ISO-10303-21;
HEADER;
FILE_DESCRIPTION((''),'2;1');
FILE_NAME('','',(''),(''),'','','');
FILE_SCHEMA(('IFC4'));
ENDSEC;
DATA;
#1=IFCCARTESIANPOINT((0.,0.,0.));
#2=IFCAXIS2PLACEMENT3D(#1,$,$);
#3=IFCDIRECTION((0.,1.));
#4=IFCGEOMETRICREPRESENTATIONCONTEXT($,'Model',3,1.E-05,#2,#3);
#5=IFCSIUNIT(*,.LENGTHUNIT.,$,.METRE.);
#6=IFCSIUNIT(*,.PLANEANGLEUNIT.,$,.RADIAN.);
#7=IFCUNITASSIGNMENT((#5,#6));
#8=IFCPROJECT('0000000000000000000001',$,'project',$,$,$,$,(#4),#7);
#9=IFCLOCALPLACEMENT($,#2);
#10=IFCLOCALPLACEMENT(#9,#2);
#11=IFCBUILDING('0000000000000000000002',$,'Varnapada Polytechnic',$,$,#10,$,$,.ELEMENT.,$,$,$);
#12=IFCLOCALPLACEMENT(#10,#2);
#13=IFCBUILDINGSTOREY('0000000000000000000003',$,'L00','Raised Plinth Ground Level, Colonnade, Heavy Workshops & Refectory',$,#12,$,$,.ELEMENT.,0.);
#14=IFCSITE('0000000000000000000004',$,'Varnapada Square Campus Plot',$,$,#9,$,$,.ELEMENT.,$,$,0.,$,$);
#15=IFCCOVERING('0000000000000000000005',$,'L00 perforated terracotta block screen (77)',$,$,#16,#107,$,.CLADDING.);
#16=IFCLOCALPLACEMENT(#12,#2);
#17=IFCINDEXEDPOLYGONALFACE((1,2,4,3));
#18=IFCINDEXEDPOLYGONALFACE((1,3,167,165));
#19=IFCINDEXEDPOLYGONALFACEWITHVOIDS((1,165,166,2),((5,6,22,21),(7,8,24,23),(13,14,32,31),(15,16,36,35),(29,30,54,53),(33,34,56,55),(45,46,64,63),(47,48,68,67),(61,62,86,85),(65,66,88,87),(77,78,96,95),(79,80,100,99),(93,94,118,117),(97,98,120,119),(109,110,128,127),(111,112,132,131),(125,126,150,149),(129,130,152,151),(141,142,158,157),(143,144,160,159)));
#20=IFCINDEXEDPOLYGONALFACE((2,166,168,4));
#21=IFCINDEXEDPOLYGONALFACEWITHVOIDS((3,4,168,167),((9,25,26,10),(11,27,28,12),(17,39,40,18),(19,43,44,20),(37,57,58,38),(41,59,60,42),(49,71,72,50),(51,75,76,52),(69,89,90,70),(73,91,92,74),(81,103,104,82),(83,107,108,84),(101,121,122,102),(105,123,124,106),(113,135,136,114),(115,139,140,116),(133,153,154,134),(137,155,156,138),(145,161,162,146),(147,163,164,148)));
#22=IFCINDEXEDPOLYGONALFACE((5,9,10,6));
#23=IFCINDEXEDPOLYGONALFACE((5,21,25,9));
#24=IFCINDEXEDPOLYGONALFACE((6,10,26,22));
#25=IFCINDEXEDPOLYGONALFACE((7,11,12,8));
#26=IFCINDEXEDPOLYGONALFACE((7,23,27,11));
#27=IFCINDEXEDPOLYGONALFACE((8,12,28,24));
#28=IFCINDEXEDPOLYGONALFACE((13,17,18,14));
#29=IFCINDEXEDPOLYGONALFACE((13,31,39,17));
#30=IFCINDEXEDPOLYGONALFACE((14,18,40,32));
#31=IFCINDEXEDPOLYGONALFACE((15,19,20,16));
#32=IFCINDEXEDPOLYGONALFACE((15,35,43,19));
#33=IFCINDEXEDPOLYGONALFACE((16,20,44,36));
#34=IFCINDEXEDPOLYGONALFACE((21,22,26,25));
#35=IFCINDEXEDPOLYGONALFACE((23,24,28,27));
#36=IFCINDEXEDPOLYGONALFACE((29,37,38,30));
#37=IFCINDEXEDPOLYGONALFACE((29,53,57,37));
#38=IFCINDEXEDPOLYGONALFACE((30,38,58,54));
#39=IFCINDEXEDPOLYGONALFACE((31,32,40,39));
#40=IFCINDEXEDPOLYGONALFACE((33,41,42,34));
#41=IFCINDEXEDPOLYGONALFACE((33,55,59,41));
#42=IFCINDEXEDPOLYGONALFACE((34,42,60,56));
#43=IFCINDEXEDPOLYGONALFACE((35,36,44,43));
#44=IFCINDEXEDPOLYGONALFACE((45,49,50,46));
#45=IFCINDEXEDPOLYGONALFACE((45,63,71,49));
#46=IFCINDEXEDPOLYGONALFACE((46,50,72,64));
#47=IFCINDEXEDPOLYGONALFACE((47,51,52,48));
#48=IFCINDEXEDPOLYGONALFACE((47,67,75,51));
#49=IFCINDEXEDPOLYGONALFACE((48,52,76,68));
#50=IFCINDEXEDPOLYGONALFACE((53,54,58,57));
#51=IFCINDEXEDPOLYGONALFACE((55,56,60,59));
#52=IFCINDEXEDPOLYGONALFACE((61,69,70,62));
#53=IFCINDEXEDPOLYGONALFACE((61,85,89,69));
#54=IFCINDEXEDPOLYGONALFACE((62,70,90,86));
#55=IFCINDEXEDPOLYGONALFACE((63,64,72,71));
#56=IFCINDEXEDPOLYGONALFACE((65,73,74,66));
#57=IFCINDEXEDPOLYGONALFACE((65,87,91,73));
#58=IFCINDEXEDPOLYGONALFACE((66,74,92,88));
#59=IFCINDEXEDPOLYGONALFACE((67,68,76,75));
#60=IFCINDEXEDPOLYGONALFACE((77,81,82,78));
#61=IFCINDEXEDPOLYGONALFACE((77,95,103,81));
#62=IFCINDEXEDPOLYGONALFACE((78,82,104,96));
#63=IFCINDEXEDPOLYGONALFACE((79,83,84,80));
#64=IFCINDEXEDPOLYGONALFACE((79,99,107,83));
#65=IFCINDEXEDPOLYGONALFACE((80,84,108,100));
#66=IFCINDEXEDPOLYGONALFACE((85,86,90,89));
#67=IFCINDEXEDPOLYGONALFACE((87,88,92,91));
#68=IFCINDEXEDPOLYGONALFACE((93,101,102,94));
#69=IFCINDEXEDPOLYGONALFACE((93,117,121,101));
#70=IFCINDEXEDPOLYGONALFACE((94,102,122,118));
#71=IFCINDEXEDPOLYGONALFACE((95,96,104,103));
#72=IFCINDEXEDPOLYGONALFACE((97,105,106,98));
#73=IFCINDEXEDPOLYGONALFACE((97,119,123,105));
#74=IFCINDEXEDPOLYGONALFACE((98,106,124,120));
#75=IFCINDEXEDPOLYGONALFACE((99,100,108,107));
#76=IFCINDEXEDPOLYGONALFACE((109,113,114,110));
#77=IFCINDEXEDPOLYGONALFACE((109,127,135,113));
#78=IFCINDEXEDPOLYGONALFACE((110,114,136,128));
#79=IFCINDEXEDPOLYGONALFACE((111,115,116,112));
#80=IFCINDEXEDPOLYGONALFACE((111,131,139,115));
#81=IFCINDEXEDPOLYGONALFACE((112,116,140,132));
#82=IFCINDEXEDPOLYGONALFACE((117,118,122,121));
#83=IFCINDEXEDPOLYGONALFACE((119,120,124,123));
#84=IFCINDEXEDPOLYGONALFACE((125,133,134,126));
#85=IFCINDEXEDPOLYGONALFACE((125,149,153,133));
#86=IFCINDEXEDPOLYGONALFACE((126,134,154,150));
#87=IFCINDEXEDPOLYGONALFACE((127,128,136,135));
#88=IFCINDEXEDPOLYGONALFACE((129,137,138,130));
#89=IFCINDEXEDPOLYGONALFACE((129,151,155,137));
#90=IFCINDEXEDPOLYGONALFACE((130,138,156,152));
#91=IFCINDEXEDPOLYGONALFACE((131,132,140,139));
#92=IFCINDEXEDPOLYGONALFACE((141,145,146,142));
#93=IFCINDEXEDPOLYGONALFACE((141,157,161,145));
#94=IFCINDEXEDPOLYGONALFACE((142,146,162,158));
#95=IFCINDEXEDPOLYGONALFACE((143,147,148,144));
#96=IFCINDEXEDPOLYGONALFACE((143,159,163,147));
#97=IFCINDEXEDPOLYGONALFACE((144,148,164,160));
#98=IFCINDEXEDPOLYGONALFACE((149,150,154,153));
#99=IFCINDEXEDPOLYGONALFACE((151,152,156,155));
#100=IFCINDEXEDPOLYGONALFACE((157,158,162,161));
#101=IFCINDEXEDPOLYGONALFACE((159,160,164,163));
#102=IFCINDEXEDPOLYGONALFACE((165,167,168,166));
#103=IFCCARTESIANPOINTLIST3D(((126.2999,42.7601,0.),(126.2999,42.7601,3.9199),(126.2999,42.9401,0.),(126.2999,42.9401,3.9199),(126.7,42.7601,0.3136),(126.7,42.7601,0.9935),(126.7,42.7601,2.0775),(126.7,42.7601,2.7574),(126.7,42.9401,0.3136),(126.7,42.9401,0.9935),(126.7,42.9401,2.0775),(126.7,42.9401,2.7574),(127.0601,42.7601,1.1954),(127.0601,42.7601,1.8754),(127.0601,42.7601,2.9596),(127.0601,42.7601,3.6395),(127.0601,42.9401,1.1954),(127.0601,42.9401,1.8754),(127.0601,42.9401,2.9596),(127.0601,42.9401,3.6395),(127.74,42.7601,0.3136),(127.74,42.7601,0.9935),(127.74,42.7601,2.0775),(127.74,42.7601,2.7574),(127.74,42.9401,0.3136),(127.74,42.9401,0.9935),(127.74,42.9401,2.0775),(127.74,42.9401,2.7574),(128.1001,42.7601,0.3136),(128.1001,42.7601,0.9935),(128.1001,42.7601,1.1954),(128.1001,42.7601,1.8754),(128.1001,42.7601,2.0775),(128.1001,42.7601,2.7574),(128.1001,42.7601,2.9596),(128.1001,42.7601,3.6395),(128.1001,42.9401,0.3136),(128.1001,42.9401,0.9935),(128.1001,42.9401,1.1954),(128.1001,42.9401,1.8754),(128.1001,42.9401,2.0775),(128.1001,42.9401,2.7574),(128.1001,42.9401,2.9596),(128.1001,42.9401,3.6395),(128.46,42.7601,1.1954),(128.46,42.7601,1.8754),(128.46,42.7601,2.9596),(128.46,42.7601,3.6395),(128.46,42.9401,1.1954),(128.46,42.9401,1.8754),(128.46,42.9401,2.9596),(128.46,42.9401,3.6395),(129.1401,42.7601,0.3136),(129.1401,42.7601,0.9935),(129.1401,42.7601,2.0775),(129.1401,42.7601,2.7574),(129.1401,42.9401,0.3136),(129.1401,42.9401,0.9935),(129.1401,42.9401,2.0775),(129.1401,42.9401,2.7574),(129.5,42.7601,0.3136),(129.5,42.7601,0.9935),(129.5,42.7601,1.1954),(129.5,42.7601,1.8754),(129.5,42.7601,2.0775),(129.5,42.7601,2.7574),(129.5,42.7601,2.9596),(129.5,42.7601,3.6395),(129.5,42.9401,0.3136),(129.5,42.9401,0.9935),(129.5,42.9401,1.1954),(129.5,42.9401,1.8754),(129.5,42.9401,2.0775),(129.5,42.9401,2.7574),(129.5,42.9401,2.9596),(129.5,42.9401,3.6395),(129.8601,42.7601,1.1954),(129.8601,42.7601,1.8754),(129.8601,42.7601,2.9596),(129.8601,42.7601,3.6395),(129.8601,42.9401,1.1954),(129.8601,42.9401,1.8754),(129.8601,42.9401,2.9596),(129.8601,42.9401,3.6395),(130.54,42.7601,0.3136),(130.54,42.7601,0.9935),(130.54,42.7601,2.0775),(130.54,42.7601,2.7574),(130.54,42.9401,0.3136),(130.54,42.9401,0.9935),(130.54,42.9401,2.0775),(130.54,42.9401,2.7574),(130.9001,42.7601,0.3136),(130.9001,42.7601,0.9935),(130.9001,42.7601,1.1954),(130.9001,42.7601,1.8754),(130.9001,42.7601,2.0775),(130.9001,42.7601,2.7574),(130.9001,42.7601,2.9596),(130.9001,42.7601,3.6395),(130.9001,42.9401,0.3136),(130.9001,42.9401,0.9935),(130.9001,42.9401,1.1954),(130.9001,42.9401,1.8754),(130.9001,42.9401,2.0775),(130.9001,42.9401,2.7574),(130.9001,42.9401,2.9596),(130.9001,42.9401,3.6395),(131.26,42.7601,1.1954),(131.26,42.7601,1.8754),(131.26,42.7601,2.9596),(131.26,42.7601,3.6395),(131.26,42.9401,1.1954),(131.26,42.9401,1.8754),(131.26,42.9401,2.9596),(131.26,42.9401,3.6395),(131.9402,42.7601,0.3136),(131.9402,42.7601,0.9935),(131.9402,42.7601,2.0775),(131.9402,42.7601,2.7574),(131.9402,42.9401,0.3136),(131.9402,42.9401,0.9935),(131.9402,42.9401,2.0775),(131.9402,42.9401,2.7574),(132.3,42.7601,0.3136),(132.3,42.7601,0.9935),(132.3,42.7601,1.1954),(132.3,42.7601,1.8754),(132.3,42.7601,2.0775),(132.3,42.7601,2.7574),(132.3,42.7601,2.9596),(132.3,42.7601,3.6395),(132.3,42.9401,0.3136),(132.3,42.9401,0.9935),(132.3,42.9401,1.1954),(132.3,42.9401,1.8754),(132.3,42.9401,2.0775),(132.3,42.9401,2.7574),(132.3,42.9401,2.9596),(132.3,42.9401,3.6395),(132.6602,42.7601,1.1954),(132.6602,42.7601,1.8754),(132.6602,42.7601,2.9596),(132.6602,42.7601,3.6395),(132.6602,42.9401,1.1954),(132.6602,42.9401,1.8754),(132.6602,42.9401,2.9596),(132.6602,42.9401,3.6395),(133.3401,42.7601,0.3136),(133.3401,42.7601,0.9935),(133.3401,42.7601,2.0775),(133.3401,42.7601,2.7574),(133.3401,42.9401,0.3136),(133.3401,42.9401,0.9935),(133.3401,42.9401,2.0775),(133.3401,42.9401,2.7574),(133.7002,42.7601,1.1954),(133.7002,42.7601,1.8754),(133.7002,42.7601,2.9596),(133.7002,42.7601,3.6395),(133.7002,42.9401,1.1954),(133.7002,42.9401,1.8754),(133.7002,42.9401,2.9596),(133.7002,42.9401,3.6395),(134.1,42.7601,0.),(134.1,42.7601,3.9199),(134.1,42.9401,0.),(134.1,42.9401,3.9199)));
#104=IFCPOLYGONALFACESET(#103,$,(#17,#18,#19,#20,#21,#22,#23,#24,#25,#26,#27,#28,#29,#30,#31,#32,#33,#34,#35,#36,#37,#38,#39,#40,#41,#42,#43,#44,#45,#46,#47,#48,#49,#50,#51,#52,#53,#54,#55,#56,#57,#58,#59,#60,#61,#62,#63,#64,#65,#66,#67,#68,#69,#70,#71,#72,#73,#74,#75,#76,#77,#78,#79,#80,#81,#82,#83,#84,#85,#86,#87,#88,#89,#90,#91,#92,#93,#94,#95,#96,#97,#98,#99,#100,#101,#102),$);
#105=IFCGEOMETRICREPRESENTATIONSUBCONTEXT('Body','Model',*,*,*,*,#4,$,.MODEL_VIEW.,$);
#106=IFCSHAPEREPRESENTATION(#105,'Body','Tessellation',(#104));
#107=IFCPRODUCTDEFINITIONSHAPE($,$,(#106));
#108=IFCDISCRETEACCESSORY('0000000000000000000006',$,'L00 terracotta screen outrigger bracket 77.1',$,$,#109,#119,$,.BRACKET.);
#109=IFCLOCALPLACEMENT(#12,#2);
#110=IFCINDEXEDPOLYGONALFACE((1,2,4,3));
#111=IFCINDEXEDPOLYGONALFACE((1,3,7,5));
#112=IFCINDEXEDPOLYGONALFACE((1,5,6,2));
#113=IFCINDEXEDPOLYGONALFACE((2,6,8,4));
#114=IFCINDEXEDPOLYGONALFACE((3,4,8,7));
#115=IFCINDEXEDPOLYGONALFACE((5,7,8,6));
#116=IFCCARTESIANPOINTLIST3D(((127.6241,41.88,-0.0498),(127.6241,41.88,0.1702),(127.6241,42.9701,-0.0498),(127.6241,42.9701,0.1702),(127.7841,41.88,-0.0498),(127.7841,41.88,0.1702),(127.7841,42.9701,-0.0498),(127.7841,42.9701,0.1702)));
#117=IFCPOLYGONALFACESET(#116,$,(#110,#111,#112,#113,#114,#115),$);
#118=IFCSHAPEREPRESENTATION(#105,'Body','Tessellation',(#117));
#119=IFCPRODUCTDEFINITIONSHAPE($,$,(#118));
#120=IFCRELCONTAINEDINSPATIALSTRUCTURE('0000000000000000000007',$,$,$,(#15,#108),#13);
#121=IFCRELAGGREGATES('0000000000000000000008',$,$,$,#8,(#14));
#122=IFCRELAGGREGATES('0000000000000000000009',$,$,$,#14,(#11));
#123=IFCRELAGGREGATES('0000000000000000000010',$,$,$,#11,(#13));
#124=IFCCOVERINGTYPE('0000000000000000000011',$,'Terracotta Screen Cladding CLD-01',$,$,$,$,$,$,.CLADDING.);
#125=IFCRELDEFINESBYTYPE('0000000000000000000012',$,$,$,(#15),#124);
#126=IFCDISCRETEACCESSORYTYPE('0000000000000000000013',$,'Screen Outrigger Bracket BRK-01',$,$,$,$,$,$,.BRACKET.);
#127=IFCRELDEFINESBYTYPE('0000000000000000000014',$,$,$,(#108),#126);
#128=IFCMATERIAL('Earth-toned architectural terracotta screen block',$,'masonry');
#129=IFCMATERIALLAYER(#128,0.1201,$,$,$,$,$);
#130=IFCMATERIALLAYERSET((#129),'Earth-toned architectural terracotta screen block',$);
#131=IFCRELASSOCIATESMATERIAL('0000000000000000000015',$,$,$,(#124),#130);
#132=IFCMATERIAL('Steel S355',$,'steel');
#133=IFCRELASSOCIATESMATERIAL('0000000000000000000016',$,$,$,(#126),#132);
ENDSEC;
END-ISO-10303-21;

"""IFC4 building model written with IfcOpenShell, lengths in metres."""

from ifc_helpers import new_model, si_unit, direction, frame, frame_2d, origin, origin_2d, place, context, subcontext, project, spatial, rectangle, extrude, material, layer, layer_set, type_object, element, save


model = new_model("IFC4")

# Units and contexts
model_context = context("Model", 3, precision=1e-05, world=origin(), true_north=direction((0.0, 1.0)))
body_context = subcontext(model_context, "Body", "Model", "MODEL_VIEW")
ifc_project = project(units=[si_unit("LENGTHUNIT", "METRE"), si_unit("PLANEANGLEUNIT", "RADIAN")], contexts=[model_context])

# Site, building, storey
site_placement = place(None, origin())
site = spatial("IfcSite", under=ifc_project, at=site_placement, Name="Varnapada Square Campus Plot", CompositionType="ELEMENT", RefElevation=0.0)
building_placement = place(site_placement, origin())
building = spatial("IfcBuilding", under=site, at=building_placement, Name="Varnapada Polytechnic", CompositionType="ELEMENT")
storey_placement = place(building_placement, origin())
storey = spatial("IfcBuildingStorey", under=building, at=storey_placement, Name="L00", Description="Raised Plinth Ground Level, Colonnade, Heavy Workshops & Refectory", CompositionType="ELEMENT", Elevation=0.0)

# Shared definitions
ifc_material_1 = material(Name="Steel S355", Category="steel")

# Covering, openings
ifc_material_2 = material(Name="Earth-toned architectural terracotta screen block", Category="masonry")
ifc_layer_1 = layer(ifc_material_2, 0.1201)
ifc_layer_set_1 = layer_set([ifc_layer_1], Name="Earth-toned architectural terracotta screen block")
covering_type = type_object("IfcCoveringType", Name="Terracotta Screen Cladding CLD-01", PredefinedType="CLADDING", material=ifc_layer_set_1)
covering_placement = place(storey_placement, frame((126.3, 42.8501, 0.0), z_axis=(0.0, 0.0, 1.0), x_axis=(1.0, 0.0, 0.0)))
covering = element("IfcCovering", 1, at=covering_placement, inside=storey, type_object=covering_type, Name="L00 perforated terracotta block screen (77)", PredefinedType="CLADDING", context=body_context, shape_type="SweptSolid", body=[
    extrude(rectangle(XDim=7.8, YDim=0.1799, at=frame_2d((3.8999, 0.0))), origin(), (0.0, 0.0, 1.0), 3.9199),
])
opening_1_placement = place(covering_placement, frame((0.3999, 0.0, 0.3137)))
element("IfcOpeningElement", 2, at=opening_1_placement, cuts=covering, PredefinedType="OPENING", context=body_context, shape_type="SweptSolid", body=[
    extrude(rectangle(XDim=1.04, YDim=0.6799, at=frame_2d((0.52, 0.3398))), frame((0.0, 0.0999, 0.0), z_axis=(0.0, -1.0, 0.0), x_axis=(1.0, 0.0, 0.0)), (0.0, 0.0, 1.0), 0.2),
])
opening_2_placement = place(covering_placement, frame((1.8, 0.0, 0.3137)))
element("IfcOpeningElement", 3, at=opening_2_placement, cuts=covering, PredefinedType="OPENING", context=body_context, shape_type="SweptSolid", body=[
    extrude(rectangle(XDim=1.04, YDim=0.6799, at=frame_2d((0.52, 0.3398))), frame((0.0, 0.0999, 0.0), z_axis=(0.0, -1.0, 0.0), x_axis=(1.0, 0.0, 0.0)), (0.0, 0.0, 1.0), 0.2),
])
opening_3_placement = place(covering_placement, frame((3.2, 0.0, 0.3137)))
element("IfcOpeningElement", 4, at=opening_3_placement, cuts=covering, PredefinedType="OPENING", context=body_context, shape_type="SweptSolid", body=[
    extrude(rectangle(XDim=1.04, YDim=0.6799, at=frame_2d((0.52, 0.3398))), frame((0.0, 0.0999, 0.0), z_axis=(0.0, -1.0, 0.0), x_axis=(1.0, 0.0, 0.0)), (0.0, 0.0, 1.0), 0.2),
])
opening_4_placement = place(covering_placement, frame((4.6001, 0.0, 0.3137)))
element("IfcOpeningElement", 5, at=opening_4_placement, cuts=covering, PredefinedType="OPENING", context=body_context, shape_type="SweptSolid", body=[
    extrude(rectangle(XDim=1.04, YDim=0.6799, at=frame_2d((0.52, 0.3398))), frame((0.0, 0.0999, 0.0), z_axis=(0.0, -1.0, 0.0), x_axis=(1.0, 0.0, 0.0)), (0.0, 0.0, 1.0), 0.2),
])
opening_5_placement = place(covering_placement, frame((6.0, 0.0, 0.3137)))
element("IfcOpeningElement", 6, at=opening_5_placement, cuts=covering, PredefinedType="OPENING", context=body_context, shape_type="SweptSolid", body=[
    extrude(rectangle(XDim=1.04, YDim=0.6799, at=frame_2d((0.52, 0.3398))), frame((0.0, 0.0999, 0.0), z_axis=(0.0, -1.0, 0.0), x_axis=(1.0, 0.0, 0.0)), (0.0, 0.0, 1.0), 0.2),
])
opening_6_placement = place(covering_placement, frame((0.76, 0.0, 1.1956)))
element("IfcOpeningElement", 7, at=opening_6_placement, cuts=covering, PredefinedType="OPENING", context=body_context, shape_type="SweptSolid", body=[
    extrude(rectangle(XDim=1.04, YDim=0.6799, at=frame_2d((0.52, 0.3398))), frame((0.0, 0.0999, 0.0), z_axis=(0.0, -1.0, 0.0), x_axis=(1.0, 0.0, 0.0)), (0.0, 0.0, 1.0), 0.2),
])
opening_7_placement = place(covering_placement, frame((2.1599, 0.0, 1.1956)))
element("IfcOpeningElement", 8, at=opening_7_placement, cuts=covering, PredefinedType="OPENING", context=body_context, shape_type="SweptSolid", body=[
    extrude(rectangle(XDim=1.04, YDim=0.6799, at=frame_2d((0.52, 0.3398))), frame((0.0, 0.0999, 0.0), z_axis=(0.0, -1.0, 0.0), x_axis=(1.0, 0.0, 0.0)), (0.0, 0.0, 1.0), 0.2),
])
opening_8_placement = place(covering_placement, frame((3.5601, 0.0, 1.1956)))
element("IfcOpeningElement", 9, at=opening_8_placement, cuts=covering, PredefinedType="OPENING", context=body_context, shape_type="SweptSolid", body=[
    extrude(rectangle(XDim=1.04, YDim=0.6799, at=frame_2d((0.52, 0.3398))), frame((0.0, 0.0999, 0.0), z_axis=(0.0, -1.0, 0.0), x_axis=(1.0, 0.0, 0.0)), (0.0, 0.0, 1.0), 0.2),
])
opening_9_placement = place(covering_placement, frame((4.96, 0.0, 1.1956)))
element("IfcOpeningElement", 10, at=opening_9_placement, cuts=covering, PredefinedType="OPENING", context=body_context, shape_type="SweptSolid", body=[
    extrude(rectangle(XDim=1.04, YDim=0.6799, at=frame_2d((0.52, 0.3398))), frame((0.0, 0.0999, 0.0), z_axis=(0.0, -1.0, 0.0), x_axis=(1.0, 0.0, 0.0)), (0.0, 0.0, 1.0), 0.2),
])
opening_10_placement = place(covering_placement, frame((6.3601, 0.0, 1.1956)))
element("IfcOpeningElement", 11, at=opening_10_placement, cuts=covering, PredefinedType="OPENING", context=body_context, shape_type="SweptSolid", body=[
    extrude(rectangle(XDim=1.04, YDim=0.6799, at=frame_2d((0.52, 0.3398))), frame((0.0, 0.0999, 0.0), z_axis=(0.0, -1.0, 0.0), x_axis=(1.0, 0.0, 0.0)), (0.0, 0.0, 1.0), 0.2),
])
opening_11_placement = place(covering_placement, frame((0.3999, 0.0, 2.0776)))
element("IfcOpeningElement", 12, at=opening_11_placement, cuts=covering, PredefinedType="OPENING", context=body_context, shape_type="SweptSolid", body=[
    extrude(rectangle(XDim=1.04, YDim=0.6799, at=frame_2d((0.52, 0.3398))), frame((0.0, 0.0999, 0.0), z_axis=(0.0, -1.0, 0.0), x_axis=(1.0, 0.0, 0.0)), (0.0, 0.0, 1.0), 0.2),
])
opening_12_placement = place(covering_placement, frame((1.8, 0.0, 2.0776)))
element("IfcOpeningElement", 13, at=opening_12_placement, cuts=covering, PredefinedType="OPENING", context=body_context, shape_type="SweptSolid", body=[
    extrude(rectangle(XDim=1.04, YDim=0.6799, at=frame_2d((0.52, 0.3398))), frame((0.0, 0.0999, 0.0), z_axis=(0.0, -1.0, 0.0), x_axis=(1.0, 0.0, 0.0)), (0.0, 0.0, 1.0), 0.2),
])
opening_13_placement = place(covering_placement, frame((3.2, 0.0, 2.0776)))
element("IfcOpeningElement", 14, at=opening_13_placement, cuts=covering, PredefinedType="OPENING", context=body_context, shape_type="SweptSolid", body=[
    extrude(rectangle(XDim=1.04, YDim=0.6799, at=frame_2d((0.52, 0.3398))), frame((0.0, 0.0999, 0.0), z_axis=(0.0, -1.0, 0.0), x_axis=(1.0, 0.0, 0.0)), (0.0, 0.0, 1.0), 0.2),
])
opening_14_placement = place(covering_placement, frame((4.6001, 0.0, 2.0776)))
element("IfcOpeningElement", 15, at=opening_14_placement, cuts=covering, PredefinedType="OPENING", context=body_context, shape_type="SweptSolid", body=[
    extrude(rectangle(XDim=1.04, YDim=0.6799, at=frame_2d((0.52, 0.3398))), frame((0.0, 0.0999, 0.0), z_axis=(0.0, -1.0, 0.0), x_axis=(1.0, 0.0, 0.0)), (0.0, 0.0, 1.0), 0.2),
])
opening_15_placement = place(covering_placement, frame((6.0, 0.0, 2.0776)))
element("IfcOpeningElement", 16, at=opening_15_placement, cuts=covering, PredefinedType="OPENING", context=body_context, shape_type="SweptSolid", body=[
    extrude(rectangle(XDim=1.04, YDim=0.6799, at=frame_2d((0.52, 0.3398))), frame((0.0, 0.0999, 0.0), z_axis=(0.0, -1.0, 0.0), x_axis=(1.0, 0.0, 0.0)), (0.0, 0.0, 1.0), 0.2),
])
opening_16_placement = place(covering_placement, frame((0.76, 0.0, 2.9597)))
element("IfcOpeningElement", 17, at=opening_16_placement, cuts=covering, PredefinedType="OPENING", context=body_context, shape_type="SweptSolid", body=[
    extrude(rectangle(XDim=1.04, YDim=0.6799, at=frame_2d((0.52, 0.3398))), frame((0.0, 0.0999, 0.0), z_axis=(0.0, -1.0, 0.0), x_axis=(1.0, 0.0, 0.0)), (0.0, 0.0, 1.0), 0.2),
])
opening_17_placement = place(covering_placement, frame((2.1599, 0.0, 2.9597)))
element("IfcOpeningElement", 18, at=opening_17_placement, cuts=covering, PredefinedType="OPENING", context=body_context, shape_type="SweptSolid", body=[
    extrude(rectangle(XDim=1.04, YDim=0.6799, at=frame_2d((0.52, 0.3398))), frame((0.0, 0.0999, 0.0), z_axis=(0.0, -1.0, 0.0), x_axis=(1.0, 0.0, 0.0)), (0.0, 0.0, 1.0), 0.2),
])
opening_18_placement = place(covering_placement, frame((3.5601, 0.0, 2.9597)))
element("IfcOpeningElement", 19, at=opening_18_placement, cuts=covering, PredefinedType="OPENING", context=body_context, shape_type="SweptSolid", body=[
    extrude(rectangle(XDim=1.04, YDim=0.6799, at=frame_2d((0.52, 0.3398))), frame((0.0, 0.0999, 0.0), z_axis=(0.0, -1.0, 0.0), x_axis=(1.0, 0.0, 0.0)), (0.0, 0.0, 1.0), 0.2),
])
opening_19_placement = place(covering_placement, frame((4.96, 0.0, 2.9597)))
element("IfcOpeningElement", 20, at=opening_19_placement, cuts=covering, PredefinedType="OPENING", context=body_context, shape_type="SweptSolid", body=[
    extrude(rectangle(XDim=1.04, YDim=0.6799, at=frame_2d((0.52, 0.3398))), frame((0.0, 0.0999, 0.0), z_axis=(0.0, -1.0, 0.0), x_axis=(1.0, 0.0, 0.0)), (0.0, 0.0, 1.0), 0.2),
])
opening_20_placement = place(covering_placement, frame((6.3601, 0.0, 2.9597)))
element("IfcOpeningElement", 21, at=opening_20_placement, cuts=covering, PredefinedType="OPENING", context=body_context, shape_type="SweptSolid", body=[
    extrude(rectangle(XDim=1.04, YDim=0.6799, at=frame_2d((0.52, 0.3398))), frame((0.0, 0.0999, 0.0), z_axis=(0.0, -1.0, 0.0), x_axis=(1.0, 0.0, 0.0)), (0.0, 0.0, 1.0), 0.2),
])

# Discrete accessory
discrete_accessory_type = type_object("IfcDiscreteAccessoryType", Name="Screen Outrigger Bracket BRK-01", PredefinedType="BRACKET", material=ifc_material_1)
discrete_accessory_placement = place(storey_placement, frame((127.7041, 42.425, -0.0498), z_axis=(0.0, 0.0, 1.0), x_axis=(1.0, 0.0, 0.0)))
element("IfcDiscreteAccessory", 22, at=discrete_accessory_placement, inside=storey, type_object=discrete_accessory_type, Name="L00 terracotta screen outrigger bracket 77.1", PredefinedType="BRACKET", context=body_context, shape_type="SweptSolid", body=[
    extrude(rectangle(XDim=0.1599, YDim=1.0901, at=origin_2d()), origin(), (0.0, 0.0, 1.0), 0.22),
])

save(model, "model.ifc")
